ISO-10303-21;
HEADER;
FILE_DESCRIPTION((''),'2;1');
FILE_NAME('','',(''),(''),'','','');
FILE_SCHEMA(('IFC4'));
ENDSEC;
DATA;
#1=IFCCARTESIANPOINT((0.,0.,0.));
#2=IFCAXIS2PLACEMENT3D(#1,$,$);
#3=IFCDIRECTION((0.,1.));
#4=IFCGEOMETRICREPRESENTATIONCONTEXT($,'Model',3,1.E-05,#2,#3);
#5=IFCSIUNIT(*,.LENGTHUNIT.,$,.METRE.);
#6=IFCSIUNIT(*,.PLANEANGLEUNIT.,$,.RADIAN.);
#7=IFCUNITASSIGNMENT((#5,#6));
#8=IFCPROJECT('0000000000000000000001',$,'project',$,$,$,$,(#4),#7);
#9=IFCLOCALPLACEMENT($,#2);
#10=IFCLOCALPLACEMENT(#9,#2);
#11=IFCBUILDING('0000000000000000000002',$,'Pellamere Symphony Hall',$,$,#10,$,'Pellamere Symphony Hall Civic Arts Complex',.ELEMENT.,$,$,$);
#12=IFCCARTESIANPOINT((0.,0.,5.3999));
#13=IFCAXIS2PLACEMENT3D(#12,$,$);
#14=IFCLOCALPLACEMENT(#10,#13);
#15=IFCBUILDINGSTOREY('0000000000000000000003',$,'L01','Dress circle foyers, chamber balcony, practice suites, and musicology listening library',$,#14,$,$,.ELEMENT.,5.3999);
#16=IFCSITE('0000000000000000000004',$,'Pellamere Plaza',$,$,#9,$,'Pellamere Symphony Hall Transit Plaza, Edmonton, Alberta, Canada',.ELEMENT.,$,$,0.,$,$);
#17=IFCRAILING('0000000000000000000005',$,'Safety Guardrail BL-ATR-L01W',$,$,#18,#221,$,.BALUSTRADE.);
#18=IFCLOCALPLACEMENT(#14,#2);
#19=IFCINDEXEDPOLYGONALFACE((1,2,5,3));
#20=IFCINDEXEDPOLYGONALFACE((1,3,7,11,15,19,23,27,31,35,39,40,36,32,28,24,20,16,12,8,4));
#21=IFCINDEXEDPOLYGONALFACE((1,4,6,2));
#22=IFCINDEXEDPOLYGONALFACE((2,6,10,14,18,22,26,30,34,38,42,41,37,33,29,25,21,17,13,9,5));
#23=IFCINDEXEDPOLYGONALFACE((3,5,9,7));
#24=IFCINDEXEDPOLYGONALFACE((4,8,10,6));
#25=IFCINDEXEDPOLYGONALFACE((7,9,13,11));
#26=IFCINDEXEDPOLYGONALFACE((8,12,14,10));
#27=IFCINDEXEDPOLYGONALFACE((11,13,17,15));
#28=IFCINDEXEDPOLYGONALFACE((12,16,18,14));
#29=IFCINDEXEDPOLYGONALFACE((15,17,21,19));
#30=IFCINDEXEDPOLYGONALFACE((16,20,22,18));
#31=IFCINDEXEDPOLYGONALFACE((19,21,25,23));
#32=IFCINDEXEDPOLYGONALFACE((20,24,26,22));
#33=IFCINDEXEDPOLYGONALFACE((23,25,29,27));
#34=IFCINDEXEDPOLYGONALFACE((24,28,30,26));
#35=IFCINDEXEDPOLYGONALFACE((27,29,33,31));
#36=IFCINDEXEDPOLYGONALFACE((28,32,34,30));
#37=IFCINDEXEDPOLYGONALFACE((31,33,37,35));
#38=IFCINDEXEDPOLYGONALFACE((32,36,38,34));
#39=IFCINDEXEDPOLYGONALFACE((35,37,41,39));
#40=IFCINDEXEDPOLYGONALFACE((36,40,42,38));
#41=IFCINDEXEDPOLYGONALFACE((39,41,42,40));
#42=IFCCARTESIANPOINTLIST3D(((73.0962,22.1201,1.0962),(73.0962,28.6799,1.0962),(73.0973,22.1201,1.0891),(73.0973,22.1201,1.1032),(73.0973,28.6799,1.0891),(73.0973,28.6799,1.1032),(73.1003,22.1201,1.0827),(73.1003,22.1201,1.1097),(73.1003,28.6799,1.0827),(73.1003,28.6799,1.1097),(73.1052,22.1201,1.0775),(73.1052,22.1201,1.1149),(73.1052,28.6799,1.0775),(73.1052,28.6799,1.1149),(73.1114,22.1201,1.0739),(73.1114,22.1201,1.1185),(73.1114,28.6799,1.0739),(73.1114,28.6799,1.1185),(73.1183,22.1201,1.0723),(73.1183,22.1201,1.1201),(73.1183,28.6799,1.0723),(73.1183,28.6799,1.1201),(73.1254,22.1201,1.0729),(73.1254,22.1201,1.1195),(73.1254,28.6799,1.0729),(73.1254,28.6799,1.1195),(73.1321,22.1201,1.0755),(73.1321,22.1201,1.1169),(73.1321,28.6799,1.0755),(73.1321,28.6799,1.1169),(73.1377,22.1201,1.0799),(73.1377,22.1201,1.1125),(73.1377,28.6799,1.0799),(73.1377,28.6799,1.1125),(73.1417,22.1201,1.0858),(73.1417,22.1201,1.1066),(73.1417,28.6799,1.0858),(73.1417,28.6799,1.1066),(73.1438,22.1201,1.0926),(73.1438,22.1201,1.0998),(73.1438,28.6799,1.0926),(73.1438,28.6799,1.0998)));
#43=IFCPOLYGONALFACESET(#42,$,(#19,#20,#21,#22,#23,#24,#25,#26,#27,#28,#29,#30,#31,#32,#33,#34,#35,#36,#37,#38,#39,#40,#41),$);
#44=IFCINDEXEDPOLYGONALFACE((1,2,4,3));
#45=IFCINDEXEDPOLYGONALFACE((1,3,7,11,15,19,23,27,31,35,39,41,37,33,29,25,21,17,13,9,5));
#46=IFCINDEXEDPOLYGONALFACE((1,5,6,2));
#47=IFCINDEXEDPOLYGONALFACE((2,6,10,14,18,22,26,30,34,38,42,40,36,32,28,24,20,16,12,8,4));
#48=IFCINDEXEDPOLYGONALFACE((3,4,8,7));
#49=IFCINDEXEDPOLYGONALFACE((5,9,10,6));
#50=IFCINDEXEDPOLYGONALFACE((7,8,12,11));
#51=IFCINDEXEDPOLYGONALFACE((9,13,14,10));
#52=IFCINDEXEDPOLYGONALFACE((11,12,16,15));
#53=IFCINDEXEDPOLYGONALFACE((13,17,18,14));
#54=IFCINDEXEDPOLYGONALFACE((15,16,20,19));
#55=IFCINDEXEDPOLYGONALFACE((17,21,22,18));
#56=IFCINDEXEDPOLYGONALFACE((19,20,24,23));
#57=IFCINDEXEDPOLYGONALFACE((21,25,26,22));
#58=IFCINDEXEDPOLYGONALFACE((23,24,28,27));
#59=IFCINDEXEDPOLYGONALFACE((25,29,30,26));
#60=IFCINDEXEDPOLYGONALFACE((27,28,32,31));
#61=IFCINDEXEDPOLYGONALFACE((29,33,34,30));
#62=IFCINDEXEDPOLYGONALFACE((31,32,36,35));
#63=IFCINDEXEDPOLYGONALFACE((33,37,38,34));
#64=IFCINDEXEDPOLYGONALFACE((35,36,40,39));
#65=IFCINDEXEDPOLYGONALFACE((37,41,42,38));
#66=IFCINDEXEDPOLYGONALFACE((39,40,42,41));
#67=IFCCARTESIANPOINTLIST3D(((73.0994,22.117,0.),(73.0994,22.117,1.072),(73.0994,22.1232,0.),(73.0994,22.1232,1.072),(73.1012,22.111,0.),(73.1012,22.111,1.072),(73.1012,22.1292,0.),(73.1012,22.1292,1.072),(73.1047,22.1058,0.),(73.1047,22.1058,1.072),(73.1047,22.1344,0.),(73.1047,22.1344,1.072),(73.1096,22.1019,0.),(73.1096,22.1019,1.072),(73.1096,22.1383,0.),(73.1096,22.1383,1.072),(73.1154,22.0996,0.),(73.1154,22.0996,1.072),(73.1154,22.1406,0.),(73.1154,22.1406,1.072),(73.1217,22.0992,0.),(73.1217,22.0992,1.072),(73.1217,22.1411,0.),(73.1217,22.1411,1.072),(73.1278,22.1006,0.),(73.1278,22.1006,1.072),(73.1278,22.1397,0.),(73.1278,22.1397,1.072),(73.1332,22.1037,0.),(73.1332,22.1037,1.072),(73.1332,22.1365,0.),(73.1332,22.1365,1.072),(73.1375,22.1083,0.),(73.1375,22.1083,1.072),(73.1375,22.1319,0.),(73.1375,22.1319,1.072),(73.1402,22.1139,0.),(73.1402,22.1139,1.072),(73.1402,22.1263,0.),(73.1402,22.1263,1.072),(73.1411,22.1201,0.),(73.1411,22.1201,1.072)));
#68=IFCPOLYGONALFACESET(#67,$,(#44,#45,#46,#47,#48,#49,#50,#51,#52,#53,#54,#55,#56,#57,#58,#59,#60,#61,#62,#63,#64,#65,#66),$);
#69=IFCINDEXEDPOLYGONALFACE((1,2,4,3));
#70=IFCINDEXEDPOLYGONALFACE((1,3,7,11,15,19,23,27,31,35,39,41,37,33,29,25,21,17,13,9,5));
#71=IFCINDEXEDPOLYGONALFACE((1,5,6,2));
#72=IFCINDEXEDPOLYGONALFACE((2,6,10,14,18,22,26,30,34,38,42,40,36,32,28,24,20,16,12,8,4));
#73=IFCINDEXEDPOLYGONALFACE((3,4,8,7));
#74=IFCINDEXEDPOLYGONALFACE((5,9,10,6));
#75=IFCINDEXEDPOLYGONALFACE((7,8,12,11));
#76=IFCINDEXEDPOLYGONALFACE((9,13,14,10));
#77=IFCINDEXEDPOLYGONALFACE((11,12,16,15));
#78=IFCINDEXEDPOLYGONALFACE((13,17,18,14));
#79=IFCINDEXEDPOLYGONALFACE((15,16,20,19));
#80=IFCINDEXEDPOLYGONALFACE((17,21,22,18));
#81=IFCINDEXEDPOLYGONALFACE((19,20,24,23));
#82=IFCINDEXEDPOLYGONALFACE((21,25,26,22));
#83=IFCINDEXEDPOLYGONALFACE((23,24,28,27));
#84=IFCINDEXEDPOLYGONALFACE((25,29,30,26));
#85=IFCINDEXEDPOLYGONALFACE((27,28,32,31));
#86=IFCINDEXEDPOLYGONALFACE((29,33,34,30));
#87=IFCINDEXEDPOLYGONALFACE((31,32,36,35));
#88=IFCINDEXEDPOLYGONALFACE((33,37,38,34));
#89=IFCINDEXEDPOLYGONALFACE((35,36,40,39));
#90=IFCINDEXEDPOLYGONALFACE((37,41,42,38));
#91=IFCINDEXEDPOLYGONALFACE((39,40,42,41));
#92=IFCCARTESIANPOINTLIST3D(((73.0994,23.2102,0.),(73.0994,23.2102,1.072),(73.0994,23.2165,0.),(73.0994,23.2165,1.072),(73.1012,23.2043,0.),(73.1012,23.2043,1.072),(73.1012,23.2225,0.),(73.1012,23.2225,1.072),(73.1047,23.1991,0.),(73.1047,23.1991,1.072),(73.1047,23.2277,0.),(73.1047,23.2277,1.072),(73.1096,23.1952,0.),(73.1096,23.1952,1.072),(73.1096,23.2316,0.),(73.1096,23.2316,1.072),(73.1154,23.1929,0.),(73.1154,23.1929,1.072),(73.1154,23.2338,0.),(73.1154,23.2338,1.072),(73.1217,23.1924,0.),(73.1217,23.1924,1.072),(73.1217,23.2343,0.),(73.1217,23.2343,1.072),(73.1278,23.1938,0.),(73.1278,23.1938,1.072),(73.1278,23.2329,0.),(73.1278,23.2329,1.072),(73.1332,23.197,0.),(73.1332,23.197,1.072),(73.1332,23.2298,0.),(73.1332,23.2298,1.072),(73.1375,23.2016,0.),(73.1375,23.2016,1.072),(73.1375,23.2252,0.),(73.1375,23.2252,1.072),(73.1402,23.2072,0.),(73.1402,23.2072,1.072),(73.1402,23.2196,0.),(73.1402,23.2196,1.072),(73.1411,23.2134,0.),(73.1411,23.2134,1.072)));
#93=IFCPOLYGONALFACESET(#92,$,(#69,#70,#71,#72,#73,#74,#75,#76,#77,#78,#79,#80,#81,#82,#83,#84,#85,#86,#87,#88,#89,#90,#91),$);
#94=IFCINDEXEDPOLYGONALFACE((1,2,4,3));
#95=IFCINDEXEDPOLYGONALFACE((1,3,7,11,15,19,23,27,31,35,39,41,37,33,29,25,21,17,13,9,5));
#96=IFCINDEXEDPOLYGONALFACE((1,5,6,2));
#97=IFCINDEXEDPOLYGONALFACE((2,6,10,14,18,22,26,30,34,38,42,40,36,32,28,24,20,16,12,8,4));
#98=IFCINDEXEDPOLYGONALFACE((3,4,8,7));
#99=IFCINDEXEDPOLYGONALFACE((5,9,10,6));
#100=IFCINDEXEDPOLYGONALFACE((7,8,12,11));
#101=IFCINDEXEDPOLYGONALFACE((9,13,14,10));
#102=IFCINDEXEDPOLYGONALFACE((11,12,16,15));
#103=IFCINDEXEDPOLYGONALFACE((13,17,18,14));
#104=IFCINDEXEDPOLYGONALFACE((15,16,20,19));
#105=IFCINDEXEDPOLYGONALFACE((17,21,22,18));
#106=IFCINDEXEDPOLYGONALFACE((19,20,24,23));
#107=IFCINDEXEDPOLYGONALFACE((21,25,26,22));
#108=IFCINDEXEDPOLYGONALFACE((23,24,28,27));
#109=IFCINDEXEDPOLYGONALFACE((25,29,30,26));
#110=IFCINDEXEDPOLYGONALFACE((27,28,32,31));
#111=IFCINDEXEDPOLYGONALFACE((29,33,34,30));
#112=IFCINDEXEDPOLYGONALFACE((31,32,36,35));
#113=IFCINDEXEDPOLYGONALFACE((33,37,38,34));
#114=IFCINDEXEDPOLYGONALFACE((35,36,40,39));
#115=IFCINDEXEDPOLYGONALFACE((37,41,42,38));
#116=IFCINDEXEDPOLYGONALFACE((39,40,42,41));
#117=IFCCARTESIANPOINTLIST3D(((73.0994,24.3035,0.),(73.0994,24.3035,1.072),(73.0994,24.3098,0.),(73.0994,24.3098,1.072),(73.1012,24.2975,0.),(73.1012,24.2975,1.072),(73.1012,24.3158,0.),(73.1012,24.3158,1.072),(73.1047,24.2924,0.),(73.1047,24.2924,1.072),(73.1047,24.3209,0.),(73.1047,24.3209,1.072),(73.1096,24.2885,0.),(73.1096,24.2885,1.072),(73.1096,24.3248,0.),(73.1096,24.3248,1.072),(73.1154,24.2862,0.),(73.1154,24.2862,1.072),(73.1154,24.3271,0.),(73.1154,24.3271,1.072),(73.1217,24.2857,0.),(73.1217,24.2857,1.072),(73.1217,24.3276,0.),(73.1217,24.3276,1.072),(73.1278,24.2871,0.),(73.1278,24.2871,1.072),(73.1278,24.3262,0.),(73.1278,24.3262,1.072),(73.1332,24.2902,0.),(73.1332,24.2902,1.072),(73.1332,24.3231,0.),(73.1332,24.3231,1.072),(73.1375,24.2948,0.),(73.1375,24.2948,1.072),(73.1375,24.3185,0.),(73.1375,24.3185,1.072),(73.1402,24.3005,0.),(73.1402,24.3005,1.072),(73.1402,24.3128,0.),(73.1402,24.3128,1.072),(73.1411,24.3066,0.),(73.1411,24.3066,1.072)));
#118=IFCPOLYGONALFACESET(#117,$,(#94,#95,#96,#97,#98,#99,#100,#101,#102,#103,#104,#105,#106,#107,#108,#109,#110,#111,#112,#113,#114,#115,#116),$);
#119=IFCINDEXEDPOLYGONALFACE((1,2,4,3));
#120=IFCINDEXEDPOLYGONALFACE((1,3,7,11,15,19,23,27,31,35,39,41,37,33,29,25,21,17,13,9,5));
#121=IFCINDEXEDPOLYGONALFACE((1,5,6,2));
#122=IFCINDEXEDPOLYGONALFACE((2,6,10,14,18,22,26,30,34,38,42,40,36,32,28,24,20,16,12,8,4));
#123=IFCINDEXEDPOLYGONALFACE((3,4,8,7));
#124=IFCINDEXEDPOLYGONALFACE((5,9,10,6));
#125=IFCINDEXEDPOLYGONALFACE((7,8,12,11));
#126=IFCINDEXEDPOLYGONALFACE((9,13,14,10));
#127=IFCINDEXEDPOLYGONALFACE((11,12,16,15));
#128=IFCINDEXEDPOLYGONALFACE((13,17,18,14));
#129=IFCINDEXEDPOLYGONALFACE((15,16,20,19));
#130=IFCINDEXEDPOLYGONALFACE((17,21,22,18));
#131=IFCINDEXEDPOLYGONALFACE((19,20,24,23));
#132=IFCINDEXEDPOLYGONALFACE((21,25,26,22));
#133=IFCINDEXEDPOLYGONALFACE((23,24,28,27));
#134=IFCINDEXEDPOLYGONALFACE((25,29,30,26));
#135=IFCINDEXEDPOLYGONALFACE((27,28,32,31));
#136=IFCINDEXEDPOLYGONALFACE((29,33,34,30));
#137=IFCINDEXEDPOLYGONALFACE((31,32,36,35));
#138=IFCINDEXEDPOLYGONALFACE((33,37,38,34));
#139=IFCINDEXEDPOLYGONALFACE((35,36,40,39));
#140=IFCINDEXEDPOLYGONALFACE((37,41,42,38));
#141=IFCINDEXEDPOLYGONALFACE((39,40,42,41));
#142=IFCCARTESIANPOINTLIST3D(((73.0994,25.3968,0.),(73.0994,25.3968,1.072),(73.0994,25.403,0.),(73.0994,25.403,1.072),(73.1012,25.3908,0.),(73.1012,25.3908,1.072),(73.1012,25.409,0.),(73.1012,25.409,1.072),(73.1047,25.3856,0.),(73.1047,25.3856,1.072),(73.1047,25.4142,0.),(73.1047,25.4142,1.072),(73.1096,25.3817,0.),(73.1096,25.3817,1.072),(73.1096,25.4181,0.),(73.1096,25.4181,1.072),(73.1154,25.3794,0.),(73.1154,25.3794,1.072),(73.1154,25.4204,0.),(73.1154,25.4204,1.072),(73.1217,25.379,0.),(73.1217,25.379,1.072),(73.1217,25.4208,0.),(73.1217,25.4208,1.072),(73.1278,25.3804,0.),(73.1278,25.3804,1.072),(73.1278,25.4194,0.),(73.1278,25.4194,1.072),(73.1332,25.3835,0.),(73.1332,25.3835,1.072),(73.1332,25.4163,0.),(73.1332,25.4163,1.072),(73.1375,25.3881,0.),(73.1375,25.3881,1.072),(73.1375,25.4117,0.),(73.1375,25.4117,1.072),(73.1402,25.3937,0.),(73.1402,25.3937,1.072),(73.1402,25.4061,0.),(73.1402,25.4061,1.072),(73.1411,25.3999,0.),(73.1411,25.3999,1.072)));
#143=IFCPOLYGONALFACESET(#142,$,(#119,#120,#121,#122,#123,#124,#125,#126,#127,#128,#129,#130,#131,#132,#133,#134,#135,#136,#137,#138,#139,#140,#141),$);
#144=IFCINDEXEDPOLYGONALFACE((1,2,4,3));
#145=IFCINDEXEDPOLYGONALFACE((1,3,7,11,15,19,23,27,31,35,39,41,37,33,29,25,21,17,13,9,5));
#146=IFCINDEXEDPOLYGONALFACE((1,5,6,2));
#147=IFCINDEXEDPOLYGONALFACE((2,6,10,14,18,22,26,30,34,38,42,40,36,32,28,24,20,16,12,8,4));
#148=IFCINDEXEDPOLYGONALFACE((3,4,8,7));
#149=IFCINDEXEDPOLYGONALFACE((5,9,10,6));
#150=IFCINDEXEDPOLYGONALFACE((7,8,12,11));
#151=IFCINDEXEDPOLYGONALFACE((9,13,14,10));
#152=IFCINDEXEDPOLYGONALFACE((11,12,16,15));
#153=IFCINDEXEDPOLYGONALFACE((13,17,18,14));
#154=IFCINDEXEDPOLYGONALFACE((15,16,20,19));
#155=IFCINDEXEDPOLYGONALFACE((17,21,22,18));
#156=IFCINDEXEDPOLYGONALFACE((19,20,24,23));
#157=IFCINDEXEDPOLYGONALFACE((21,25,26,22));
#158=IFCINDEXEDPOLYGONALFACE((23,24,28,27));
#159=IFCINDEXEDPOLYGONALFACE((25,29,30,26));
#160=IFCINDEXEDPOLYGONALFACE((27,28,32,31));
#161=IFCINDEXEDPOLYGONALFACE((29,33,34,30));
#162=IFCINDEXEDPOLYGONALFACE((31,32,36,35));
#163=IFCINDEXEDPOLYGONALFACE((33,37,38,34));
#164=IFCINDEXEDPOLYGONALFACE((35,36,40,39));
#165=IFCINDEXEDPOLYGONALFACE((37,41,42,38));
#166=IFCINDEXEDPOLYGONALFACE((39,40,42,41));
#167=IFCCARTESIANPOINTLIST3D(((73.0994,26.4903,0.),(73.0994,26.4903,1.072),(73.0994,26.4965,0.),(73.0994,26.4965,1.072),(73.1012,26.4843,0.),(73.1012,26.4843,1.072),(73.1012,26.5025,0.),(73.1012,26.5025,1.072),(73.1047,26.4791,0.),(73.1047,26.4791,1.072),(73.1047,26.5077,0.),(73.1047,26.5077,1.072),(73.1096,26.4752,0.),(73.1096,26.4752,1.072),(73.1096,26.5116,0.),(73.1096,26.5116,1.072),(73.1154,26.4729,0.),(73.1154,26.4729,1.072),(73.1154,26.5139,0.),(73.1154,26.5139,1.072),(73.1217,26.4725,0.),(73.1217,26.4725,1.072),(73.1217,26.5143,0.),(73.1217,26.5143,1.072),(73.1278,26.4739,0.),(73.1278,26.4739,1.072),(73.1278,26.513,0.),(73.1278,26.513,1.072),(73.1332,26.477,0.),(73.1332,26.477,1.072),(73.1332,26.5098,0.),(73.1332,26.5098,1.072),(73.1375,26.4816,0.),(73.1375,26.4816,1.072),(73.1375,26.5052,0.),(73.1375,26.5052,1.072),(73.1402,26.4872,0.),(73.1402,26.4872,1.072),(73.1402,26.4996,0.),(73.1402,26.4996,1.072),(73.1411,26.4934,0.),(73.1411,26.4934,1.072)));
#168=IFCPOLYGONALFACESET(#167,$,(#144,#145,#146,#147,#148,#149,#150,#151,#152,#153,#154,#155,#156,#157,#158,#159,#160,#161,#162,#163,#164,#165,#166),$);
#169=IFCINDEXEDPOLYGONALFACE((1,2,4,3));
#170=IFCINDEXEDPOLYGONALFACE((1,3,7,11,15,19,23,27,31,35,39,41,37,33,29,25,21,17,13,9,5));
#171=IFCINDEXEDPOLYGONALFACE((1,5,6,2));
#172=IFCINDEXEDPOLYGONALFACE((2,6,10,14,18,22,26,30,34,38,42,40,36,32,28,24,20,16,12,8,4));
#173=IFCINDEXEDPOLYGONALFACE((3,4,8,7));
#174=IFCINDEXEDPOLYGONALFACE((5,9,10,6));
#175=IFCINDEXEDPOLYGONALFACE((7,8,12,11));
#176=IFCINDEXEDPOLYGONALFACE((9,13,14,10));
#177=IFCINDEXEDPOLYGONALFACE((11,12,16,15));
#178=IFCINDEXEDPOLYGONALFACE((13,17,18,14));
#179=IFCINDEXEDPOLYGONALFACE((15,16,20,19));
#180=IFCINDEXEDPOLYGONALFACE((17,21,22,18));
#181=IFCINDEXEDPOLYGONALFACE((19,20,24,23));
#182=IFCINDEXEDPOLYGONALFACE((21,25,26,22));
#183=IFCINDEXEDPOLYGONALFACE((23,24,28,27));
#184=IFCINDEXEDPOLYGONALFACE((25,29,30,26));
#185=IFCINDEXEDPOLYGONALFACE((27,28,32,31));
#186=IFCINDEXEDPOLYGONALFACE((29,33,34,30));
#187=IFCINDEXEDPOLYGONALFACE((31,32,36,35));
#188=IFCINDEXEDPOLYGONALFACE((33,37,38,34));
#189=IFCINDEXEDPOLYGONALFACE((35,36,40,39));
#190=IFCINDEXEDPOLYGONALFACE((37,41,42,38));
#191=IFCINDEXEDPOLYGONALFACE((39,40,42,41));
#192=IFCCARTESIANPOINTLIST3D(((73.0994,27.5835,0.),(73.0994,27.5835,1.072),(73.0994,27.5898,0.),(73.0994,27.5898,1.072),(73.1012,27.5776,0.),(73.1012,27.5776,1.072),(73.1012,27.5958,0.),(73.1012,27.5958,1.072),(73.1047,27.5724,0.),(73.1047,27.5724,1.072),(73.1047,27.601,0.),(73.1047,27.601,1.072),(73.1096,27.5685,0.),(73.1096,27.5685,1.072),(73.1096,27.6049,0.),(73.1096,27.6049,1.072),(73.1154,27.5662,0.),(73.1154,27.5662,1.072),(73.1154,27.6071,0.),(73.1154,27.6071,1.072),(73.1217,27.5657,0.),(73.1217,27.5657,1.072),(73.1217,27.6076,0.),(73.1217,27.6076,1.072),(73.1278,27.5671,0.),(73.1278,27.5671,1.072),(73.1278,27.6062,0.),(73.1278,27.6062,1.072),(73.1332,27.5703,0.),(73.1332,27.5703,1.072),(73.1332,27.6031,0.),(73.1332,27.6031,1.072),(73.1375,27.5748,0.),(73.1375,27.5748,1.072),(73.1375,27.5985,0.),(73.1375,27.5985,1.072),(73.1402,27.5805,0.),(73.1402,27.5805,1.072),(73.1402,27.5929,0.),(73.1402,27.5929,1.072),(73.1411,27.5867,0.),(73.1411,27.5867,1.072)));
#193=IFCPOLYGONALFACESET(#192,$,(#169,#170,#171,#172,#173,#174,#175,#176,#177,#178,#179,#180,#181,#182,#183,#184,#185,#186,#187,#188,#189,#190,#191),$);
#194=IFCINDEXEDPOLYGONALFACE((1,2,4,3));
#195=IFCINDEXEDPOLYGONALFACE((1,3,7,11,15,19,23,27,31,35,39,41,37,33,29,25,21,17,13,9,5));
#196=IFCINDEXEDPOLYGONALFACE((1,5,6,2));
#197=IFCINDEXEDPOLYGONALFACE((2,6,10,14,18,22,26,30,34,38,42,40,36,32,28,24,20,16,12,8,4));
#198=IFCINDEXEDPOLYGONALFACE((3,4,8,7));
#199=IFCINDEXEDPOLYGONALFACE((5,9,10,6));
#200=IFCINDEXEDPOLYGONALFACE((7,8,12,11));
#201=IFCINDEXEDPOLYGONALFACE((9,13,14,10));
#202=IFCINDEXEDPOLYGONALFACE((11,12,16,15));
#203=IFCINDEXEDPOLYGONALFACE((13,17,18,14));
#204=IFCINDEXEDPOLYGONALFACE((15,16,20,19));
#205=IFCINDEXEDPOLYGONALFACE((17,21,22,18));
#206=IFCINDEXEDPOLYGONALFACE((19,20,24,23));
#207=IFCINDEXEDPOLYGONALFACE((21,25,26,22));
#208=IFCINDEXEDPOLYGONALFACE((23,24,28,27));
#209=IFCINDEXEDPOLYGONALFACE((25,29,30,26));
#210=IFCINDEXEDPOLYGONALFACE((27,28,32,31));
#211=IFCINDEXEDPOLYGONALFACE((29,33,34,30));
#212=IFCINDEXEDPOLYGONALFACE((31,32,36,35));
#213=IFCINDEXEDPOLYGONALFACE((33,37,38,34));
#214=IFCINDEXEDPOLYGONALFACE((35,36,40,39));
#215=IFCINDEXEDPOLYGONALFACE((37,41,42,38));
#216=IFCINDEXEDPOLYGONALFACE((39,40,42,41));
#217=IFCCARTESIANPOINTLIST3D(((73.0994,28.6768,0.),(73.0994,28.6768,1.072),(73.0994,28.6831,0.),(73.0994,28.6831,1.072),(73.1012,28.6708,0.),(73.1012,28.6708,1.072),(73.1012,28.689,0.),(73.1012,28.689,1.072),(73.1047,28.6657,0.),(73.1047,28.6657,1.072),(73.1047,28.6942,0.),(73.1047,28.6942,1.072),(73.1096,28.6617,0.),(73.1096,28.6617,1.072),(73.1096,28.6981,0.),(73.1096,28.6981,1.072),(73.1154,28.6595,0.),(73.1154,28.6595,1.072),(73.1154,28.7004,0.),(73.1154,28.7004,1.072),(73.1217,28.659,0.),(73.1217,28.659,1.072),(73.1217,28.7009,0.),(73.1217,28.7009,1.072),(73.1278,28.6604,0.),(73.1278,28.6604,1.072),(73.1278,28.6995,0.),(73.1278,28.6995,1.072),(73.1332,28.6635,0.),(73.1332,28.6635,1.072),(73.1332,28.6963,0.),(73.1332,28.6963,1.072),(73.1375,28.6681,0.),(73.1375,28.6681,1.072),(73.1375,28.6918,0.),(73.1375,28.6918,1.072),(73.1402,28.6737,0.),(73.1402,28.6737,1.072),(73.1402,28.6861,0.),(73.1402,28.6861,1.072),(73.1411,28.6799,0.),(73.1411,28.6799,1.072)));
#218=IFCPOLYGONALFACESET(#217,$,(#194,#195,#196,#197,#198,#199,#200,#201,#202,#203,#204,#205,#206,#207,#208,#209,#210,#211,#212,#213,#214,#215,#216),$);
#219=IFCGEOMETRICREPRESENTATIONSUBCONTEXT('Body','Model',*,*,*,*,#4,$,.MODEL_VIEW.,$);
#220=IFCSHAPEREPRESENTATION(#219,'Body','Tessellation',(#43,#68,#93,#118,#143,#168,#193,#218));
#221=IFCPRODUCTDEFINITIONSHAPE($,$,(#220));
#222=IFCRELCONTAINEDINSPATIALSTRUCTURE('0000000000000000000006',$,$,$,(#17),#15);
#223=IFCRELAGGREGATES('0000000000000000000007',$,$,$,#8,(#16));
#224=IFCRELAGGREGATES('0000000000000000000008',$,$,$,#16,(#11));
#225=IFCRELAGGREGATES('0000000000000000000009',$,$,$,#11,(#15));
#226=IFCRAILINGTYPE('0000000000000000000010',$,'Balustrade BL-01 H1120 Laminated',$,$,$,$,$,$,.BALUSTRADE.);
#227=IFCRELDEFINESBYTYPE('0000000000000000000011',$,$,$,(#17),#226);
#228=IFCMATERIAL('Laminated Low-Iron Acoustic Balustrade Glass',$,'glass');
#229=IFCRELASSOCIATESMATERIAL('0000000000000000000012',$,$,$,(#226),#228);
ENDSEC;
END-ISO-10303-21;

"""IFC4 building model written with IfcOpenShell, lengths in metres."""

from ifc_helpers import new_model, si_unit, direction, frame, origin, origin_2d, place, context, subcontext, project, spatial, circle, extrude, material, type_object, element, save


model = new_model("IFC4")

# Units and contexts
model_context = context("Model", 3, precision=1e-05, world=origin(), true_north=direction((0.0, 1.0)))
body_context = subcontext(model_context, "Body", "Model", "MODEL_VIEW")
ifc_project = project(units=[si_unit("LENGTHUNIT", "METRE"), si_unit("PLANEANGLEUNIT", "RADIAN")], contexts=[model_context])

# Site, building, storey
site_placement = place(None, origin())
site = spatial("IfcSite", under=ifc_project, at=site_placement, Name="Pellamere Plaza", LongName="Pellamere Symphony Hall Transit Plaza, Edmonton, Alberta, Canada", CompositionType="ELEMENT", RefElevation=0.0)
building_placement = place(site_placement, origin())
building = spatial("IfcBuilding", under=site, at=building_placement, Name="Pellamere Symphony Hall", LongName="Pellamere Symphony Hall Civic Arts Complex", CompositionType="ELEMENT")
storey_placement = place(building_placement, frame((0.0, 0.0, 5.3999)))
storey = spatial("IfcBuildingStorey", under=building, at=storey_placement, Name="L01", Description="Dress circle foyers, chamber balcony, practice suites, and musicology listening library", CompositionType="ELEMENT", Elevation=5.3999)

# Railing
ifc_material_1 = material(Name="Laminated Low-Iron Acoustic Balustrade Glass", Category="glass")
railing_type = type_object("IfcRailingType", Name="Balustrade BL-01 H1120 Laminated", PredefinedType="BALUSTRADE", material=ifc_material_1)
railing_placement = place(storey_placement, frame((73.1201, 22.1201, 0.0)))
element("IfcRailing", 1, at=railing_placement, inside=storey, type_object=railing_type, Name="Safety Guardrail BL-ATR-L01W", PredefinedType="BALUSTRADE", context=body_context, shape_type="SweptSolid", body=[
    extrude(circle(Radius=0.0239, at=origin_2d()), frame((0.0, 0.0, 1.0962), z_axis=(0.0, 1.0, 0.0), x_axis=(-1.0, 0.0, 0.0)), (0.0, 0.0, 1.0), 6.5598),
    extrude(circle(Radius=0.021, at=origin_2d()), origin(), (0.0, 0.0, 1.0), 1.072),
    extrude(circle(Radius=0.021, at=origin_2d()), frame((0.0, 1.0933, 0.0)), (0.0, 0.0, 1.0), 1.072),
    extrude(circle(Radius=0.021, at=origin_2d()), frame((0.0, 2.1865, 0.0)), (0.0, 0.0, 1.0), 1.072),
    extrude(circle(Radius=0.021, at=origin_2d()), frame((0.0, 3.2798, 0.0)), (0.0, 0.0, 1.0), 1.072),
    extrude(circle(Radius=0.021, at=origin_2d()), frame((0.0, 4.3733, 0.0)), (0.0, 0.0, 1.0), 1.072),
    extrude(circle(Radius=0.021, at=origin_2d()), frame((0.0, 5.4666, 0.0)), (0.0, 0.0, 1.0), 1.072),
    extrude(circle(Radius=0.021, at=origin_2d()), frame((0.0, 6.5598, 0.0)), (0.0, 0.0, 1.0), 1.072),
])

save(model, "model.ifc")
